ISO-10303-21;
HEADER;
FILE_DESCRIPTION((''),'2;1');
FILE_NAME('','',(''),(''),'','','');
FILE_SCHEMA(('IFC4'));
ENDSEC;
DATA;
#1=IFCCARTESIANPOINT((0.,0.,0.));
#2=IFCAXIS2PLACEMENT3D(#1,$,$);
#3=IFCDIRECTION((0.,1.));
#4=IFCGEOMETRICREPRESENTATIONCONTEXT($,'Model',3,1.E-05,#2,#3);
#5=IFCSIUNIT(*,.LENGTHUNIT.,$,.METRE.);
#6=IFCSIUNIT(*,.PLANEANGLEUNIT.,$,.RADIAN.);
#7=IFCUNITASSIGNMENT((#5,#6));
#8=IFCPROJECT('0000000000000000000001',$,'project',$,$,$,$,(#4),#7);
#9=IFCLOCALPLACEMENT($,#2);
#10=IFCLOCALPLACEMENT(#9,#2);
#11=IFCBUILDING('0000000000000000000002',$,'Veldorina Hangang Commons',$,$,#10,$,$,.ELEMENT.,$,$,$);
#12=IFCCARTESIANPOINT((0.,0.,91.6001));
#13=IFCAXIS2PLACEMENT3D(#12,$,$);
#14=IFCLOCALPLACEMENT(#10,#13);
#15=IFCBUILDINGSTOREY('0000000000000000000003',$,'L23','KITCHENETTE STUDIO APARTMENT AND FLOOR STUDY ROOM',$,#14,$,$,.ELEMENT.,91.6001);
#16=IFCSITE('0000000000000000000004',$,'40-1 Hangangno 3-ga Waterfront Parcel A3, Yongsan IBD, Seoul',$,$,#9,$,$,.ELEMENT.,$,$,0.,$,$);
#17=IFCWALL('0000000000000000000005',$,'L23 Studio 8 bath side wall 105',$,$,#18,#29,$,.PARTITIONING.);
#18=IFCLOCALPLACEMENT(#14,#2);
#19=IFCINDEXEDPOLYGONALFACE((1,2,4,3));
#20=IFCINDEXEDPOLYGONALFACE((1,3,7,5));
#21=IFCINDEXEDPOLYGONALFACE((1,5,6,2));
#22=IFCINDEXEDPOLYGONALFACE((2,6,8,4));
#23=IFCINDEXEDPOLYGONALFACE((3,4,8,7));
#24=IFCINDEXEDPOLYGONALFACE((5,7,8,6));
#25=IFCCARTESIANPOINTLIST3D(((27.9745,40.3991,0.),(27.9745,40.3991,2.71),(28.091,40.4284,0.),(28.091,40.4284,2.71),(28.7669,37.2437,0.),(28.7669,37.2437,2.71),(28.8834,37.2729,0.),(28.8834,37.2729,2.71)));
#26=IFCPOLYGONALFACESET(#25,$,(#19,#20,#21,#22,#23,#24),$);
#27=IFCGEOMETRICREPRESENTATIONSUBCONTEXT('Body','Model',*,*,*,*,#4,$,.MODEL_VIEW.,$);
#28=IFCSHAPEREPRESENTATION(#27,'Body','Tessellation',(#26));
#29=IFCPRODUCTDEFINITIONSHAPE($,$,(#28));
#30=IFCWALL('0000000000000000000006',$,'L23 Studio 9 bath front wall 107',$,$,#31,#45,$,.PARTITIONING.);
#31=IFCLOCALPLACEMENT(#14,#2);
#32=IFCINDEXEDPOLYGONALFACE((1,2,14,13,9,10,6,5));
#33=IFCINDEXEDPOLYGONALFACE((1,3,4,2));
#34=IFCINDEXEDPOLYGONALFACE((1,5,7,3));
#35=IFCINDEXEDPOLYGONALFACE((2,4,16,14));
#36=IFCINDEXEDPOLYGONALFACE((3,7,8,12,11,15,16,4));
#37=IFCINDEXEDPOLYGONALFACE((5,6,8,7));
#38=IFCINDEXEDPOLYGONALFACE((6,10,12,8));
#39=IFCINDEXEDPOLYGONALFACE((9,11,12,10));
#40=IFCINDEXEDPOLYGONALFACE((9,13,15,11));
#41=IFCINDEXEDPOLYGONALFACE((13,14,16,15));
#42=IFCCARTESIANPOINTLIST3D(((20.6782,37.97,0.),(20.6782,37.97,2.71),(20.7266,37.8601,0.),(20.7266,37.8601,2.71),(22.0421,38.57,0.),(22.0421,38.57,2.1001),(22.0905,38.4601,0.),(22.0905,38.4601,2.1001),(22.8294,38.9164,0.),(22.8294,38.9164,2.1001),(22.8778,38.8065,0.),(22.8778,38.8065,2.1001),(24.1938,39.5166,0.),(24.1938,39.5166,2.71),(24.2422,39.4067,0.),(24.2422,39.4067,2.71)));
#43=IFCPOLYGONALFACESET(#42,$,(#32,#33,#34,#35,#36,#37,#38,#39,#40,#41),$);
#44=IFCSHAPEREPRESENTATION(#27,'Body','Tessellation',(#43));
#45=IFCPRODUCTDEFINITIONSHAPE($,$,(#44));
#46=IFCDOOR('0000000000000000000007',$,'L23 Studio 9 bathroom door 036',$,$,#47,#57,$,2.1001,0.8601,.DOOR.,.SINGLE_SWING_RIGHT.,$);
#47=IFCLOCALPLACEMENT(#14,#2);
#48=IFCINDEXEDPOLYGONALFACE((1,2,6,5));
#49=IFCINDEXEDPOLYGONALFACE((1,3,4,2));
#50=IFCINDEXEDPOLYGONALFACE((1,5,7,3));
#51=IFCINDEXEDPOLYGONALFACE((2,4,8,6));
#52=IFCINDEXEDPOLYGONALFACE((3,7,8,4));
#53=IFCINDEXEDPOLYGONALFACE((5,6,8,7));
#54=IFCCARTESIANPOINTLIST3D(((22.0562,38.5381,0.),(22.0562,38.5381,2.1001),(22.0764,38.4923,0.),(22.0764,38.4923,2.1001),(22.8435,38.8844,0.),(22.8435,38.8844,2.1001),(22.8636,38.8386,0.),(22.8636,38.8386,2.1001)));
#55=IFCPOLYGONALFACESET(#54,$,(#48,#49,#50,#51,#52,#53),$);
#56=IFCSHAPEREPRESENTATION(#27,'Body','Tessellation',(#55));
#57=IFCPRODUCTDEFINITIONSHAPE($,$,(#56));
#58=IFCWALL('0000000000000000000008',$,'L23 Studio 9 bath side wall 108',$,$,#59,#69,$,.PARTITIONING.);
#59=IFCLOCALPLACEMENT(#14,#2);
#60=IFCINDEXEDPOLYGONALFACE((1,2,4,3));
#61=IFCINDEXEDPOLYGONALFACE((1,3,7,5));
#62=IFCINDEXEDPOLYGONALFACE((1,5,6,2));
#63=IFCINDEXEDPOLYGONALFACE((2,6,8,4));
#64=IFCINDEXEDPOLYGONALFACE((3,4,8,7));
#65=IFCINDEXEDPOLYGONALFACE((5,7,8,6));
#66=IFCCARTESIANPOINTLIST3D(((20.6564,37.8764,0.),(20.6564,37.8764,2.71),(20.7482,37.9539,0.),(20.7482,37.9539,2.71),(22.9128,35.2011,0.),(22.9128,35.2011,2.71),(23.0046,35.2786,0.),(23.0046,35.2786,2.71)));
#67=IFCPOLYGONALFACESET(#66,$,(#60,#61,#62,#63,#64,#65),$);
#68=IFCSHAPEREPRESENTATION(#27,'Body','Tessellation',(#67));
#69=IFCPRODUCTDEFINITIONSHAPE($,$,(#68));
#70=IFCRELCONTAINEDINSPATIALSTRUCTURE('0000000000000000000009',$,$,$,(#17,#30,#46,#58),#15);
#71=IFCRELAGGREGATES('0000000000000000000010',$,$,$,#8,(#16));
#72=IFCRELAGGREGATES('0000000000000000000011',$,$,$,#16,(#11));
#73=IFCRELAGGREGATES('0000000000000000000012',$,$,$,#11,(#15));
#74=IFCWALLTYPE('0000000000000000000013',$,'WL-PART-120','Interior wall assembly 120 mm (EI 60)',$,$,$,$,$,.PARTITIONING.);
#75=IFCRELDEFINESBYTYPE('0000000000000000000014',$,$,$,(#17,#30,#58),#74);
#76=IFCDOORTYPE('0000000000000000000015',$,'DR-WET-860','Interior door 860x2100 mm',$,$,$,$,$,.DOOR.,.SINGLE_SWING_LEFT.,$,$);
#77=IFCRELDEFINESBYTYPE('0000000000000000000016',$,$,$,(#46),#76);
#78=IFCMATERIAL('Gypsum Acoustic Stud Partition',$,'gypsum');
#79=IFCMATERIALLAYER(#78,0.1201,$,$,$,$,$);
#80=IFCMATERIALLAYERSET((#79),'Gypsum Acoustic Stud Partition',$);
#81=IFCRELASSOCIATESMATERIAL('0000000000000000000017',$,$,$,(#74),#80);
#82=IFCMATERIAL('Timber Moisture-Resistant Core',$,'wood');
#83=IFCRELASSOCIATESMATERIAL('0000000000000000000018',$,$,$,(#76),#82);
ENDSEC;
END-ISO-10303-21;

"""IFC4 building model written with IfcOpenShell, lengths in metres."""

from ifc_helpers import new_model, si_unit, direction, frame, frame_2d, origin, place, context, subcontext, project, spatial, rectangle, extrude, material, layer, layer_set, type_object, element, fill, save


model = new_model("IFC4")

# Units and contexts
model_context = context("Model", 3, precision=1e-05, world=origin(), true_north=direction((0.0, 1.0)))
body_context = subcontext(model_context, "Body", "Model", "MODEL_VIEW")
ifc_project = project(units=[si_unit("LENGTHUNIT", "METRE"), si_unit("PLANEANGLEUNIT", "RADIAN")], contexts=[model_context])

# Site, building, storey
site_placement = place(None, origin())
site = spatial("IfcSite", under=ifc_project, at=site_placement, Name="40-1 Hangangno 3-ga Waterfront Parcel A3, Yongsan IBD, Seoul", CompositionType="ELEMENT", RefElevation=0.0)
building_placement = place(site_placement, origin())
building = spatial("IfcBuilding", under=site, at=building_placement, Name="Veldorina Hangang Commons", CompositionType="ELEMENT")
storey_placement = place(building_placement, frame((0.0, 0.0, 91.6001)))
storey = spatial("IfcBuildingStorey", under=building, at=storey_placement, Name="L23", Description="KITCHENETTE STUDIO APARTMENT AND FLOOR STUDY ROOM", CompositionType="ELEMENT", Elevation=91.6001)

# Wall
ifc_material_1 = material(Name="Gypsum Acoustic Stud Partition", Category="gypsum")
ifc_layer_1 = layer(ifc_material_1, 0.1201)
ifc_layer_set_1 = layer_set([ifc_layer_1], Name="Gypsum Acoustic Stud Partition")
wall_type_1 = type_object("IfcWallType", Name="WL-PART-120", Description="Interior wall assembly 120 mm (EI 60)", PredefinedType="PARTITIONING", material=ifc_layer_set_1)
wall_1_placement = place(storey_placement, frame((28.8252, 37.2583, 0.0), z_axis=(0.0, 0.0, 1.0), x_axis=(-0.243577, 0.969882, 0.0)))
element("IfcWall", 1, at=wall_1_placement, inside=storey, type_object=wall_type_1, Name="L23 Studio 8 bath side wall 105", PredefinedType="PARTITIONING", context=body_context, shape_type="SweptSolid", body=[
    extrude(rectangle(XDim=3.2534, YDim=0.1201, at=frame_2d((1.6267, 0.0))), origin(), (0.0, 0.0, 1.0), 2.71),
])

# Wall, opening, door
wall_2_placement = place(storey_placement, frame((24.218, 39.4617, 0.0), z_axis=(0.0, 0.0, 1.0), x_axis=(-0.915338, -0.402685, 0.0)))
wall_2 = element("IfcWall", 2, at=wall_2_placement, inside=storey, type_object=wall_type_1, Name="L23 Studio 9 bath front wall 107", PredefinedType="PARTITIONING", context=body_context, shape_type="SweptSolid", body=[
    extrude(rectangle(XDim=3.8408, YDim=0.1201, at=frame_2d((1.9204, 0.0))), origin(), (0.0, 0.0, 1.0), 2.71),
])
opening_1_placement = place(wall_2_placement, frame((1.4905, 0.0, 0.0)))
opening_1 = element("IfcOpeningElement", 3, at=opening_1_placement, cuts=wall_2, PredefinedType="OPENING", context=body_context, shape_type="SweptSolid", body=[
    extrude(rectangle(XDim=0.8601, YDim=2.1001, at=frame_2d((0.4302, 1.05))), frame((0.0, 0.0701, 0.0), z_axis=(0.0, -1.0, 0.0), x_axis=(1.0, 0.0, 0.0)), (0.0, 0.0, 1.0), 0.1401),
])
ifc_material_2 = material(Name="Timber Moisture-Resistant Core", Category="wood")
door_type_1 = type_object("IfcDoorType", Name="DR-WET-860", Description="Interior door 860x2100 mm", OperationType="SINGLE_SWING_LEFT", PredefinedType="DOOR", material=ifc_material_2)
door_1_placement = place(opening_1_placement, origin())
door_1 = element("IfcDoor", 4, at=door_1_placement, inside=storey, type_object=door_type_1, Name="L23 Studio 9 bathroom door 036", OperationType="SINGLE_SWING_RIGHT", OverallHeight=2.1001, OverallWidth=0.8601, PredefinedType="DOOR", context=body_context, shape_type="SweptSolid", body=[
    extrude(rectangle(XDim=0.8601, YDim=2.1001, at=frame_2d((0.4302, 1.05))), frame((0.0, 0.0249, 0.0), z_axis=(0.0, -1.0, 0.0), x_axis=(1.0, 0.0, 0.0)), (0.0, 0.0, 1.0), 0.05),
])
fill(opening_1, door_1)

# Wall
wall_3_placement = place(storey_placement, frame((22.9587, 35.2397, 0.0), z_axis=(0.0, 0.0, 1.0), x_axis=(-0.644716, 0.764423, 0.0)))
element("IfcWall", 5, at=wall_3_placement, inside=storey, type_object=wall_type_1, Name="L23 Studio 9 bath side wall 108", PredefinedType="PARTITIONING", context=body_context, shape_type="SweptSolid", body=[
    extrude(rectangle(XDim=3.4998, YDim=0.1201, at=frame_2d((1.75, 0.0))), origin(), (0.0, 0.0, 1.0), 2.71),
])

save(model, "model.ifc")
